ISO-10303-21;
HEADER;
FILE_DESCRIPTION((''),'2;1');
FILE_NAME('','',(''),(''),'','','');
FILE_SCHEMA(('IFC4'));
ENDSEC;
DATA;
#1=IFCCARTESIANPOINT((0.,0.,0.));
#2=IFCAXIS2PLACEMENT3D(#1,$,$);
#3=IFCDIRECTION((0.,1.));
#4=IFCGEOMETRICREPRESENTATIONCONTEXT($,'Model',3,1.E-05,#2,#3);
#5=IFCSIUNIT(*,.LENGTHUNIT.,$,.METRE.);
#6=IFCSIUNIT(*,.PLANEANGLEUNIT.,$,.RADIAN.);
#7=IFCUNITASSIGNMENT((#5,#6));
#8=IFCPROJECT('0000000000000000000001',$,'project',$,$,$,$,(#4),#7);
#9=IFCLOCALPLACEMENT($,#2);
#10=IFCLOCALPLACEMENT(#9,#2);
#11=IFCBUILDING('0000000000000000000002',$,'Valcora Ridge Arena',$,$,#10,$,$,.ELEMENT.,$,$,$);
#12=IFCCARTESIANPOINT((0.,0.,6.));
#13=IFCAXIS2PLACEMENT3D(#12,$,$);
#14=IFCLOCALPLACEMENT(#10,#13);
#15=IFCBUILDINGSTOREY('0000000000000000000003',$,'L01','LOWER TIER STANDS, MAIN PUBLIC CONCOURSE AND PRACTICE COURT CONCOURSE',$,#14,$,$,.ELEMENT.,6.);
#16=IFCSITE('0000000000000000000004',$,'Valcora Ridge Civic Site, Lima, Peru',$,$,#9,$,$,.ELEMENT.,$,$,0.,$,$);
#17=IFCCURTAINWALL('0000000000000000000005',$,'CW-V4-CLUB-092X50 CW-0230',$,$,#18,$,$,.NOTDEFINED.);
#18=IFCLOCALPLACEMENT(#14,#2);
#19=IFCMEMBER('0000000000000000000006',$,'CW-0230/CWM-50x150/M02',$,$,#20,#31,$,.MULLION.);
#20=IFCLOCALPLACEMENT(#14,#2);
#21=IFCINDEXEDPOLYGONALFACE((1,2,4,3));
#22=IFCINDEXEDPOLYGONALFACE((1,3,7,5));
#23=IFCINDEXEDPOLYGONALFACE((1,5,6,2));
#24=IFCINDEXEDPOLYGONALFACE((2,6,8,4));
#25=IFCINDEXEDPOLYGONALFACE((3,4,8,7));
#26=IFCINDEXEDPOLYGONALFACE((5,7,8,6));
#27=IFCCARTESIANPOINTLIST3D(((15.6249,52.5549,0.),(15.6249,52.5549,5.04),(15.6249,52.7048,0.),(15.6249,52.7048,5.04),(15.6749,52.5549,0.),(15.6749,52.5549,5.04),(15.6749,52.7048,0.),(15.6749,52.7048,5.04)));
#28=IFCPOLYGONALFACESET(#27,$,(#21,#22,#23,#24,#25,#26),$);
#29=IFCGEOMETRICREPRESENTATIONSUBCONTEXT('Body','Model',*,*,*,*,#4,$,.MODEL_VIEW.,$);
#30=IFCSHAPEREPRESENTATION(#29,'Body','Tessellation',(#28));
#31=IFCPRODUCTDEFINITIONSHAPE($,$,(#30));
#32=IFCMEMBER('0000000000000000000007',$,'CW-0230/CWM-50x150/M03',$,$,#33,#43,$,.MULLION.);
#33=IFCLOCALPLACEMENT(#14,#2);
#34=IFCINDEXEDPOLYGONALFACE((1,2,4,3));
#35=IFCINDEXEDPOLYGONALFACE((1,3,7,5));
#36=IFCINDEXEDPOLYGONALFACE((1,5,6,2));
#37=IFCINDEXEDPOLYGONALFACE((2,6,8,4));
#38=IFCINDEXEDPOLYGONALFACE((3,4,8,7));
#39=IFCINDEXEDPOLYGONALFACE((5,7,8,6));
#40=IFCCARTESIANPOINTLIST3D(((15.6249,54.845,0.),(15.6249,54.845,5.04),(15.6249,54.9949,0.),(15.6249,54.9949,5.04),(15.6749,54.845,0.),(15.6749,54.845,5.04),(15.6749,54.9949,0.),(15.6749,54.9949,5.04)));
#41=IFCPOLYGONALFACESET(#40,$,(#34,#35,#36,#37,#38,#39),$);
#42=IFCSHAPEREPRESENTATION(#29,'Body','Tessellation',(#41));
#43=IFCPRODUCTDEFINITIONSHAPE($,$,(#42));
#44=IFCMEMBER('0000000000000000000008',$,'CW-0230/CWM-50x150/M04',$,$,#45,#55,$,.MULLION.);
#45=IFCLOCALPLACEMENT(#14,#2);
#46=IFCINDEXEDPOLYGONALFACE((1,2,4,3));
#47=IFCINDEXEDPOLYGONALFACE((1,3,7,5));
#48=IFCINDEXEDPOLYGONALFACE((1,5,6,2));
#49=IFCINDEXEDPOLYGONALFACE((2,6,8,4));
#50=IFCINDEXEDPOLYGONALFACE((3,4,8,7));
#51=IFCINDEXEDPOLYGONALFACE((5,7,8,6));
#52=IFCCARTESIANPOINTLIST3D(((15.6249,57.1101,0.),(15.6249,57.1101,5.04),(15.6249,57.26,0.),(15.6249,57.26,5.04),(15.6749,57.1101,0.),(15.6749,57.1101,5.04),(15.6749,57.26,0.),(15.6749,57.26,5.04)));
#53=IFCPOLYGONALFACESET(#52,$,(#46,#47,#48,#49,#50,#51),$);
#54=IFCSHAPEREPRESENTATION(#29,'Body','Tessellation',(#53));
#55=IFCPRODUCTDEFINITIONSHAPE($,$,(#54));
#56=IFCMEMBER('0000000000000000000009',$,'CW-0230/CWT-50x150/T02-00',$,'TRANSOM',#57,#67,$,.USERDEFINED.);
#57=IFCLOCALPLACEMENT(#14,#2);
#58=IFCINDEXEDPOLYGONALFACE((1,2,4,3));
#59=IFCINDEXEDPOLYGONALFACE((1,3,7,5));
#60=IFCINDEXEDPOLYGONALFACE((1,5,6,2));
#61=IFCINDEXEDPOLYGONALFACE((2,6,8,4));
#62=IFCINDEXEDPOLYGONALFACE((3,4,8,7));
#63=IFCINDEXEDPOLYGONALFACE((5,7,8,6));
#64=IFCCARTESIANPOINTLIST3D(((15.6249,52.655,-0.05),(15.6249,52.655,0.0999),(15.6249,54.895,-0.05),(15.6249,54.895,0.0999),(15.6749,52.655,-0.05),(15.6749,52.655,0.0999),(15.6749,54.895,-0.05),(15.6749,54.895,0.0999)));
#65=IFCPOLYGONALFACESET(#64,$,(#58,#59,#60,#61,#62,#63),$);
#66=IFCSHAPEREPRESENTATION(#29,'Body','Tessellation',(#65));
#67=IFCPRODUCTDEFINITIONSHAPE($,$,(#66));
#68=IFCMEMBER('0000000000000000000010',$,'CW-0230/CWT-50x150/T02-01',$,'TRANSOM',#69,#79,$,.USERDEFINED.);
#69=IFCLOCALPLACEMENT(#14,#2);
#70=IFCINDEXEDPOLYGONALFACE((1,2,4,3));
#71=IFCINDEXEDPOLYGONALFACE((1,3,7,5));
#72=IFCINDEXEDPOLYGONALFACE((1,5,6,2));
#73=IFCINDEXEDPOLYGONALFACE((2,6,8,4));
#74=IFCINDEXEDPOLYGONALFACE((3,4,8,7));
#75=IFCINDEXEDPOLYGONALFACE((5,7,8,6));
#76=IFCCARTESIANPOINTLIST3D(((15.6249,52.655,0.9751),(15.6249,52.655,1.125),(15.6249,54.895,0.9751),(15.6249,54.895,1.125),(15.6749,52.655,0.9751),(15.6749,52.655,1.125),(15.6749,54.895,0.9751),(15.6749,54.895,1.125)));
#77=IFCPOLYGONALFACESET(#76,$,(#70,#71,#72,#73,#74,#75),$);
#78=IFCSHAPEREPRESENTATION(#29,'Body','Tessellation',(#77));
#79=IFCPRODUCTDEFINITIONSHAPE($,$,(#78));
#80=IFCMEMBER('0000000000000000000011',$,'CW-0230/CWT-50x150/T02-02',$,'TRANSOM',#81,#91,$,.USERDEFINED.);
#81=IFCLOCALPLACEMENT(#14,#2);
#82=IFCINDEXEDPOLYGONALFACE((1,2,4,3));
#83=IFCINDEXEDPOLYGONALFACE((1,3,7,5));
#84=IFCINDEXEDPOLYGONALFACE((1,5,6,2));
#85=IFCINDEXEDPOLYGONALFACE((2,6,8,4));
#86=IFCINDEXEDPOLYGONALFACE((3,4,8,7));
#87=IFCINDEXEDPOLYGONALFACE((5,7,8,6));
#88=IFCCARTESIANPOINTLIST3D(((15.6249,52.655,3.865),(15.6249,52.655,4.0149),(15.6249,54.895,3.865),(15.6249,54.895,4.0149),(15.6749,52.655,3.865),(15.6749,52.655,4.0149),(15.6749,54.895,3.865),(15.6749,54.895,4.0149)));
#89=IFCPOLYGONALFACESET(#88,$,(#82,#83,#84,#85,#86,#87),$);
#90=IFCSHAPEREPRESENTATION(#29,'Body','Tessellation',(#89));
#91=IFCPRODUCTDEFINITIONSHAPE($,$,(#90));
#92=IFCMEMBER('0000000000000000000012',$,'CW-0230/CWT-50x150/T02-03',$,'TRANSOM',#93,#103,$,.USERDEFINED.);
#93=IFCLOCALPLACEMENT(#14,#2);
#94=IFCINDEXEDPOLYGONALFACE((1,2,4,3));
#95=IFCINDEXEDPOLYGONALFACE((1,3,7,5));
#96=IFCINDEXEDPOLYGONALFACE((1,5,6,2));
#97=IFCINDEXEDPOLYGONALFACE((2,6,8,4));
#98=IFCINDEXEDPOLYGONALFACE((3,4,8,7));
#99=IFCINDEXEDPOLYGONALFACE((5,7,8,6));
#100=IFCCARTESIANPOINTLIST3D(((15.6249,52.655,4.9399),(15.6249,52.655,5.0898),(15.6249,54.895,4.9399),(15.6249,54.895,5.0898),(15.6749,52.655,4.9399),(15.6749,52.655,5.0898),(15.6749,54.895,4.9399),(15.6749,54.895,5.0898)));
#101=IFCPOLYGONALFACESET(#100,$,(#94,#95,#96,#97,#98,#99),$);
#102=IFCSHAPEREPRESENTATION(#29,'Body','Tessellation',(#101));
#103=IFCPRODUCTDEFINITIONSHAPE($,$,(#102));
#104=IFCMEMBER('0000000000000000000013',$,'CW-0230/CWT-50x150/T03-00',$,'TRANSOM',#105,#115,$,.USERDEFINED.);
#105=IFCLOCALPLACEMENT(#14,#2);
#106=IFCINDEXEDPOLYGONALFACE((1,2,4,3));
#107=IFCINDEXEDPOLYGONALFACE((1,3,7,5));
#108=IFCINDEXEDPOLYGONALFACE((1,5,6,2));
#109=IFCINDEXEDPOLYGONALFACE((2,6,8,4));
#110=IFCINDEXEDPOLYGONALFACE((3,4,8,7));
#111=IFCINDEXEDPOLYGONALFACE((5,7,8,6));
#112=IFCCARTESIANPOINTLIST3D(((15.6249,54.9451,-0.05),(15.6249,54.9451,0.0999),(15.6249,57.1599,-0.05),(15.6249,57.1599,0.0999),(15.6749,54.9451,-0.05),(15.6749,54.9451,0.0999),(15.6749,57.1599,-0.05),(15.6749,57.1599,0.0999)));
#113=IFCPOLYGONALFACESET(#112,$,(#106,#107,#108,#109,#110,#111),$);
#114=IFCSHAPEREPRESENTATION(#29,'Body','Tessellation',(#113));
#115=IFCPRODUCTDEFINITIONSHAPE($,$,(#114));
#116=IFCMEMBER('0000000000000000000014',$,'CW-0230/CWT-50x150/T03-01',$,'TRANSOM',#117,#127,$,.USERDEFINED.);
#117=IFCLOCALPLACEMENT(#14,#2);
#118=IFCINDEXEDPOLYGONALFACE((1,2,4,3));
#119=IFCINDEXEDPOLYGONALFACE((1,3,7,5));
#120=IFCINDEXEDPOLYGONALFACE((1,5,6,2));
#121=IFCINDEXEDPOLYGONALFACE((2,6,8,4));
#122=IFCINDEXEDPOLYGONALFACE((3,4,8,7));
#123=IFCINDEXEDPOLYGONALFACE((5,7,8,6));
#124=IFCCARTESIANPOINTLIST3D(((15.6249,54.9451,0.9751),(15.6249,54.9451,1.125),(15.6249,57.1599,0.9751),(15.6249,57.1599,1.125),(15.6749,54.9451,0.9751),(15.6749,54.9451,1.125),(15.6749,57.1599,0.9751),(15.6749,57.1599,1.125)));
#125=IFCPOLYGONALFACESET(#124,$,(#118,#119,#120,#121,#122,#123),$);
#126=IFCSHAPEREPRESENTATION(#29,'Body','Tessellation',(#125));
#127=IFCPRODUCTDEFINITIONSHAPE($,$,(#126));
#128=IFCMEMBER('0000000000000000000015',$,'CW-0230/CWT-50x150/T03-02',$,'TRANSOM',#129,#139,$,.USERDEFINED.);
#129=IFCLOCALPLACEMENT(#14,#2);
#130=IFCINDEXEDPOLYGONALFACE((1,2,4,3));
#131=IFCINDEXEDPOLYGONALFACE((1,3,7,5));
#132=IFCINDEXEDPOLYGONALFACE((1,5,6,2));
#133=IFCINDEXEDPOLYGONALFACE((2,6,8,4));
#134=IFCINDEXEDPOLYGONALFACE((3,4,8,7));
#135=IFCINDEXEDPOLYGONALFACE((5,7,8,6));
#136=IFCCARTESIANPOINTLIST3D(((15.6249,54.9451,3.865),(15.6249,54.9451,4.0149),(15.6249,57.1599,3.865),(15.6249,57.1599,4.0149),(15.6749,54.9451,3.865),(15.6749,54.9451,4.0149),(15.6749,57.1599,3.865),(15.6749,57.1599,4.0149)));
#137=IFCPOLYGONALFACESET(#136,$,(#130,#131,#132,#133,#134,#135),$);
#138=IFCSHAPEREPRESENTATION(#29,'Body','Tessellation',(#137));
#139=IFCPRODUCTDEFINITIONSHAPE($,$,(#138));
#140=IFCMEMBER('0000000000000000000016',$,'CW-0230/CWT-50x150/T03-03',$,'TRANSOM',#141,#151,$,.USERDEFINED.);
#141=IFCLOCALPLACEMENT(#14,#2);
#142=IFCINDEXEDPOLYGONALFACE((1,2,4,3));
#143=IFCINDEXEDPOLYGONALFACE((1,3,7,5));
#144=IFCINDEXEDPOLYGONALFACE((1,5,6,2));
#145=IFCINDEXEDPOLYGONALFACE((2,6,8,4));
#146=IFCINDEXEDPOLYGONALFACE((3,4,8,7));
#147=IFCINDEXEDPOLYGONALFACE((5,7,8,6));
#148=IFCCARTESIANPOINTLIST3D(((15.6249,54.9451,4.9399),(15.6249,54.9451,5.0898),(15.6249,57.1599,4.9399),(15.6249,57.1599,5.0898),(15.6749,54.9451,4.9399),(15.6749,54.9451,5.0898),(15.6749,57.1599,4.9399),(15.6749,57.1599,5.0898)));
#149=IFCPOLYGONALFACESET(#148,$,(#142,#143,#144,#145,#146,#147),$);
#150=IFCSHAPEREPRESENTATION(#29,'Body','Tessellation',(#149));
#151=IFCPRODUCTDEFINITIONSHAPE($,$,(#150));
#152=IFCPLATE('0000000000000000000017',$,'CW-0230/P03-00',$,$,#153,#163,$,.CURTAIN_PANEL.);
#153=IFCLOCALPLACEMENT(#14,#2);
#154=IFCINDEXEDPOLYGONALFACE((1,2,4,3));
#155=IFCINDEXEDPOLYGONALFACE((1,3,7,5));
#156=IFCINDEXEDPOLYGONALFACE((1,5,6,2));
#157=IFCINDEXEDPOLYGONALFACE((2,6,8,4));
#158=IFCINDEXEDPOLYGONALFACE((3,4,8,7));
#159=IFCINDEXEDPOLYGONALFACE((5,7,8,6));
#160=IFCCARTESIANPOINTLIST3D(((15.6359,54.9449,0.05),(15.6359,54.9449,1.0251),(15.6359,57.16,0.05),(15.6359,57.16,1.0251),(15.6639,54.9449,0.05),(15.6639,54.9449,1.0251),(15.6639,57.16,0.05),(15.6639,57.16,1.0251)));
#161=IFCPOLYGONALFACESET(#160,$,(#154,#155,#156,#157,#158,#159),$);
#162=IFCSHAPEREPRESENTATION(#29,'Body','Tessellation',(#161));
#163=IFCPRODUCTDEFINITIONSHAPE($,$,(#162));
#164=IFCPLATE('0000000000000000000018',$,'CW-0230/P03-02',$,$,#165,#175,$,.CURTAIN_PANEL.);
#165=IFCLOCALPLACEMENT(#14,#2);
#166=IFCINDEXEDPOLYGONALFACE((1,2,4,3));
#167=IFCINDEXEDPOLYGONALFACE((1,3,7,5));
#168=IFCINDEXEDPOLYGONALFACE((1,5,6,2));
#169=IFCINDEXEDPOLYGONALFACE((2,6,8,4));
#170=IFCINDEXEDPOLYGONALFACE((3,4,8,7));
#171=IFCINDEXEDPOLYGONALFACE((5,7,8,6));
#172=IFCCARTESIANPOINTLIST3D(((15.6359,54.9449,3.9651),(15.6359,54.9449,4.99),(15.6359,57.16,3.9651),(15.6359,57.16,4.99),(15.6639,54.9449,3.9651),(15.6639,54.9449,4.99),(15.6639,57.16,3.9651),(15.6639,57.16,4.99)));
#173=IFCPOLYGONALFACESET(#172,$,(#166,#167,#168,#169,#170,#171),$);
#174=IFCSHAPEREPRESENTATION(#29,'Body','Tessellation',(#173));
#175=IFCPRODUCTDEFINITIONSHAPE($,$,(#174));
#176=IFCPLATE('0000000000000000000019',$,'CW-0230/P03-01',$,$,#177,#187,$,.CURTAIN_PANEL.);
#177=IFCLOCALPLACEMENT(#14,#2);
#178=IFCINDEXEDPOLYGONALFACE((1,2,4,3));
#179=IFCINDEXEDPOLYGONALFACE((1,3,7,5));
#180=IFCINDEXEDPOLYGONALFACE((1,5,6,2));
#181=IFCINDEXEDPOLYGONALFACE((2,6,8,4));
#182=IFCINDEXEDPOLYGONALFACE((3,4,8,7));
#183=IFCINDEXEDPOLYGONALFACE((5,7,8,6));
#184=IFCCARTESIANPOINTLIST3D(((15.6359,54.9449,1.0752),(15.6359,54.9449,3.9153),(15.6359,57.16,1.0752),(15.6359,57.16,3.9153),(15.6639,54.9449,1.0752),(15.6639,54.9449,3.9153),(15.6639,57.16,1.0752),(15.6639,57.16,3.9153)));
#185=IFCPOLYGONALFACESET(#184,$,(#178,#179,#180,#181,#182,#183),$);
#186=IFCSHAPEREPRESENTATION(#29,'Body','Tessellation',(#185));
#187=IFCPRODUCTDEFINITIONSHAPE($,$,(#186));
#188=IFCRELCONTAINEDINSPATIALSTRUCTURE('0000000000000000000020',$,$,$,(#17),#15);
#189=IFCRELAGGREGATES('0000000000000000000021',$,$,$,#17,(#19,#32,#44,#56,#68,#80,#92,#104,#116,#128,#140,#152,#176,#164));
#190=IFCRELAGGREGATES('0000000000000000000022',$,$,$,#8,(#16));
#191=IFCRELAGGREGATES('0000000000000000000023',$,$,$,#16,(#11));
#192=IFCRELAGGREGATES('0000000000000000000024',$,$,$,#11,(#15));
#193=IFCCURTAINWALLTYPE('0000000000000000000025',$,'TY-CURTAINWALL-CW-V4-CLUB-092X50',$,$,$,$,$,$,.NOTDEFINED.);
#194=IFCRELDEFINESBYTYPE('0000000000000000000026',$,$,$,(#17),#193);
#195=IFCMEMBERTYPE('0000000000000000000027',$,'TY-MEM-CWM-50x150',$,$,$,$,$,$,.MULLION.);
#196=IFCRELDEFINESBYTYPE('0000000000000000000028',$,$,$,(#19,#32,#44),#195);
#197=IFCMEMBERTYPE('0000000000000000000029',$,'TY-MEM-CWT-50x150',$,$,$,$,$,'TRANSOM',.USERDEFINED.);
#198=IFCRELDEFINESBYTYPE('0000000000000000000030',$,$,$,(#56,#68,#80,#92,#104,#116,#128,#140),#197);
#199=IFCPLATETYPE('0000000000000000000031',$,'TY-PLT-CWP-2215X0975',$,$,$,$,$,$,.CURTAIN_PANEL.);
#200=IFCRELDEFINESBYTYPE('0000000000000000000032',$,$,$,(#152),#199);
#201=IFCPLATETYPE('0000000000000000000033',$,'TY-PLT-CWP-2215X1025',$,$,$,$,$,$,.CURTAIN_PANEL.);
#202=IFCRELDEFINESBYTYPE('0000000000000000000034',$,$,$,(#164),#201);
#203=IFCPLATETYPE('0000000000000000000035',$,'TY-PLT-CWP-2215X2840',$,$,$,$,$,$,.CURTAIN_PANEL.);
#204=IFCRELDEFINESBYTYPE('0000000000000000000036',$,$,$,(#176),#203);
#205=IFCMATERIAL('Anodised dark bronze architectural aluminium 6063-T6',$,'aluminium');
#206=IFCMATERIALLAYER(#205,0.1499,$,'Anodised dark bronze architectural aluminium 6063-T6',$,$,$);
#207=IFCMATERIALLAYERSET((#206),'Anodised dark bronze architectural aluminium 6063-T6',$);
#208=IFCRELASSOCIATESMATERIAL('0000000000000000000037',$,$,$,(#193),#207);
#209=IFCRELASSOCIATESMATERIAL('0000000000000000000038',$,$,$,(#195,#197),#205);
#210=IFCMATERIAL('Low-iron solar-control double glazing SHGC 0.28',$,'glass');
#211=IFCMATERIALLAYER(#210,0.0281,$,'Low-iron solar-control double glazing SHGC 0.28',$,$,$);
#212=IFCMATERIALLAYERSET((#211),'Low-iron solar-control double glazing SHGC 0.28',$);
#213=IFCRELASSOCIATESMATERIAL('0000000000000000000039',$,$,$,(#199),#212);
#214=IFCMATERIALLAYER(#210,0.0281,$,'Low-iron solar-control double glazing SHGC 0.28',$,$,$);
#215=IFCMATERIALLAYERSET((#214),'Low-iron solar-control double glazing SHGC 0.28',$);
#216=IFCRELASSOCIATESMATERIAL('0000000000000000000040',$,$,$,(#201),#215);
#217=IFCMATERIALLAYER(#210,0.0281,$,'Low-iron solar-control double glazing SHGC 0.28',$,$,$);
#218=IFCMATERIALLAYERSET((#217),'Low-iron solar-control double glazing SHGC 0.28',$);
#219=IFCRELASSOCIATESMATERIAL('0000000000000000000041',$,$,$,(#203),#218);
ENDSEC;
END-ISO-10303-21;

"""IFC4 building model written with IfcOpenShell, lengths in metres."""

from ifc_helpers import new_model, si_unit, direction, frame, origin, origin_2d, place, context, subcontext, project, spatial, rectangle, extrude, material, layer, layer_set, material_profile, profile_set, type_object, element, aggregate, save


model = new_model("IFC4")

# Units and contexts
model_context = context("Model", 3, precision=1e-05, world=origin(), true_north=direction((0.0, 1.0)))
body_context = subcontext(model_context, "Body", "Model", "MODEL_VIEW")
ifc_project = project(units=[si_unit("LENGTHUNIT", "METRE"), si_unit("PLANEANGLEUNIT", "RADIAN")], contexts=[model_context])

# Site, building, storey
site_placement = place(None, origin())
site = spatial("IfcSite", under=ifc_project, at=site_placement, Name="Valcora Ridge Civic Site, Lima, Peru", CompositionType="ELEMENT", RefElevation=0.0)
building_placement = place(site_placement, origin())
building = spatial("IfcBuilding", under=site, at=building_placement, Name="Valcora Ridge Arena", CompositionType="ELEMENT")
storey_placement = place(building_placement, frame((0.0, 0.0, 6.0)))
storey = spatial("IfcBuildingStorey", under=building, at=storey_placement, Name="L01", Description="LOWER TIER STANDS, MAIN PUBLIC CONCOURSE AND PRACTICE COURT CONCOURSE", CompositionType="ELEMENT", Elevation=6.0)

# Curtain wall, members, plates
ifc_material_1 = material(Name="Anodised dark bronze architectural aluminium 6063-T6", Category="aluminium")
ifc_layer_1 = layer(ifc_material_1, 0.1499, Name="Anodised dark bronze architectural aluminium 6063-T6")
ifc_layer_set_1 = layer_set([ifc_layer_1], Name="Anodised dark bronze architectural aluminium 6063-T6")
curtain_wall_type = type_object("IfcCurtainWallType", Name="TY-CURTAINWALL-CW-V4-CLUB-092X50", PredefinedType="NOTDEFINED", material=ifc_layer_set_1)
curtain_wall_placement = place(storey_placement, origin())
curtain_wall = element("IfcCurtainWall", 1, at=curtain_wall_placement, inside=storey, type_object=curtain_wall_type, Name="CW-V4-CLUB-092X50 CW-0230", PredefinedType="NOTDEFINED")
ifc_material_profile_1 = material_profile(ifc_material_1, rectangle(XDim=0.05, YDim=0.1499, at=origin_2d()), Name="ALU MULLION 50x150")
ifc_profile_set_1 = profile_set([ifc_material_profile_1], Name="Anodised dark bronze architectural aluminium 6063-T6")
member_type_1 = type_object("IfcMemberType", Name="TY-MEM-CWM-50x150", PredefinedType="MULLION", material=ifc_profile_set_1)
member_1_placement = place(storey_placement, frame((15.6499, 52.6299, 0.0), z_axis=(0.0, 0.0, 1.0), x_axis=(-1.0, 0.0, 0.0)))
member_1 = element("IfcMember", 2, at=member_1_placement, type_object=member_type_1, Name="CW-0230/CWM-50x150/M02", PredefinedType="MULLION", context=body_context, shape_type="SweptSolid", body=[
    extrude(rectangle(XDim=0.05, YDim=0.1499, at=origin_2d()), origin(), (0.0, 0.0, 1.0), 5.04),
])
member_2_placement = place(storey_placement, frame((15.6499, 54.9199, 0.0), z_axis=(0.0, 0.0, 1.0), x_axis=(-1.0, 0.0, 0.0)))
member_2 = element("IfcMember", 3, at=member_2_placement, type_object=member_type_1, Name="CW-0230/CWM-50x150/M03", PredefinedType="MULLION", context=body_context, shape_type="SweptSolid", body=[
    extrude(rectangle(XDim=0.05, YDim=0.1499, at=origin_2d()), origin(), (0.0, 0.0, 1.0), 5.04),
])
member_3_placement = place(storey_placement, frame((15.6499, 57.1851, 0.0), z_axis=(0.0, 0.0, 1.0), x_axis=(-1.0, 0.0, 0.0)))
member_3 = element("IfcMember", 4, at=member_3_placement, type_object=member_type_1, Name="CW-0230/CWM-50x150/M04", PredefinedType="MULLION", context=body_context, shape_type="SweptSolid", body=[
    extrude(rectangle(XDim=0.05, YDim=0.1499, at=origin_2d()), origin(), (0.0, 0.0, 1.0), 5.04),
])
ifc_material_profile_2 = material_profile(ifc_material_1, rectangle(XDim=0.05, YDim=0.1499, at=origin_2d()), Name="ALU TRANSOM 50x150")
ifc_profile_set_2 = profile_set([ifc_material_profile_2], Name="Anodised dark bronze architectural aluminium 6063-T6")
member_type_2 = type_object("IfcMemberType", Name="TY-MEM-CWT-50x150", ElementType="TRANSOM", PredefinedType="USERDEFINED", material=ifc_profile_set_2)
member_4_placement = place(storey_placement, frame((15.6499, 52.655, 0.0249), z_axis=(0.0, 1.0, 0.0), x_axis=(-1.0, 0.0, 0.0)))
member_4 = element("IfcMember", 5, at=member_4_placement, type_object=member_type_2, Name="CW-0230/CWT-50x150/T02-00", ObjectType="TRANSOM", PredefinedType="USERDEFINED", context=body_context, shape_type="SweptSolid", body=[
    extrude(rectangle(XDim=0.05, YDim=0.1499, at=origin_2d()), origin(), (0.0, 0.0, 1.0), 2.24),
])
member_5_placement = place(storey_placement, frame((15.6499, 52.655, 1.05), z_axis=(0.0, 1.0, 0.0), x_axis=(-1.0, 0.0, 0.0)))
member_5 = element("IfcMember", 6, at=member_5_placement, type_object=member_type_2, Name="CW-0230/CWT-50x150/T02-01", ObjectType="TRANSOM", PredefinedType="USERDEFINED", context=body_context, shape_type="SweptSolid", body=[
    extrude(rectangle(XDim=0.05, YDim=0.1499, at=origin_2d()), origin(), (0.0, 0.0, 1.0), 2.24),
])
member_6_placement = place(storey_placement, frame((15.6499, 52.655, 3.9399), z_axis=(0.0, 1.0, 0.0), x_axis=(-1.0, 0.0, 0.0)))
member_6 = element("IfcMember", 7, at=member_6_placement, type_object=member_type_2, Name="CW-0230/CWT-50x150/T02-02", ObjectType="TRANSOM", PredefinedType="USERDEFINED", context=body_context, shape_type="SweptSolid", body=[
    extrude(rectangle(XDim=0.05, YDim=0.1499, at=origin_2d()), origin(), (0.0, 0.0, 1.0), 2.24),
])
member_7_placement = place(storey_placement, frame((15.6499, 52.655, 5.0149), z_axis=(0.0, 1.0, 0.0), x_axis=(-1.0, 0.0, 0.0)))
member_7 = element("IfcMember", 8, at=member_7_placement, type_object=member_type_2, Name="CW-0230/CWT-50x150/T02-03", ObjectType="TRANSOM", PredefinedType="USERDEFINED", context=body_context, shape_type="SweptSolid", body=[
    extrude(rectangle(XDim=0.05, YDim=0.1499, at=origin_2d()), origin(), (0.0, 0.0, 1.0), 2.24),
])
member_8_placement = place(storey_placement, frame((15.6499, 54.9451, 0.0249), z_axis=(0.0, 1.0, 0.0), x_axis=(-1.0, 0.0, 0.0)))
member_8 = element("IfcMember", 9, at=member_8_placement, type_object=member_type_2, Name="CW-0230/CWT-50x150/T03-00", ObjectType="TRANSOM", PredefinedType="USERDEFINED", context=body_context, shape_type="SweptSolid", body=[
    extrude(rectangle(XDim=0.05, YDim=0.1499, at=origin_2d()), origin(), (0.0, 0.0, 1.0), 2.2148),
])
member_9_placement = place(storey_placement, frame((15.6499, 54.9451, 1.05), z_axis=(0.0, 1.0, 0.0), x_axis=(-1.0, 0.0, 0.0)))
member_9 = element("IfcMember", 10, at=member_9_placement, type_object=member_type_2, Name="CW-0230/CWT-50x150/T03-01", ObjectType="TRANSOM", PredefinedType="USERDEFINED", context=body_context, shape_type="SweptSolid", body=[
    extrude(rectangle(XDim=0.05, YDim=0.1499, at=origin_2d()), origin(), (0.0, 0.0, 1.0), 2.2148),
])
member_10_placement = place(storey_placement, frame((15.6499, 54.9451, 3.9399), z_axis=(0.0, 1.0, 0.0), x_axis=(-1.0, 0.0, 0.0)))
member_10 = element("IfcMember", 11, at=member_10_placement, type_object=member_type_2, Name="CW-0230/CWT-50x150/T03-02", ObjectType="TRANSOM", PredefinedType="USERDEFINED", context=body_context, shape_type="SweptSolid", body=[
    extrude(rectangle(XDim=0.05, YDim=0.1499, at=origin_2d()), origin(), (0.0, 0.0, 1.0), 2.2148),
])
member_11_placement = place(storey_placement, frame((15.6499, 54.9451, 5.0149), z_axis=(0.0, 1.0, 0.0), x_axis=(-1.0, 0.0, 0.0)))
member_11 = element("IfcMember", 12, at=member_11_placement, type_object=member_type_2, Name="CW-0230/CWT-50x150/T03-03", ObjectType="TRANSOM", PredefinedType="USERDEFINED", context=body_context, shape_type="SweptSolid", body=[
    extrude(rectangle(XDim=0.05, YDim=0.1499, at=origin_2d()), origin(), (0.0, 0.0, 1.0), 2.2148),
])
ifc_material_2 = material(Name="Low-iron solar-control double glazing SHGC 0.28", Category="glass")
ifc_layer_2 = layer(ifc_material_2, 0.0281, Name="Low-iron solar-control double glazing SHGC 0.28")
ifc_layer_set_2 = layer_set([ifc_layer_2], Name="Low-iron solar-control double glazing SHGC 0.28")
plate_type_1 = type_object("IfcPlateType", Name="TY-PLT-CWP-2215X0975", PredefinedType="CURTAIN_PANEL", material=ifc_layer_set_2)
plate_1_placement = place(storey_placement, frame((15.6499, 56.0525, 0.05), z_axis=(0.0, 0.0, 1.0), x_axis=(0.0, 1.0, 0.0)))
plate_1 = element("IfcPlate", 13, at=plate_1_placement, type_object=plate_type_1, Name="CW-0230/P03-00", PredefinedType="CURTAIN_PANEL", context=body_context, shape_type="SweptSolid", body=[
    extrude(rectangle(XDim=2.2151, YDim=0.0281, at=origin_2d()), origin(), (0.0, 0.0, 1.0), 0.9751),
])
ifc_layer_3 = layer(ifc_material_2, 0.0281, Name="Low-iron solar-control double glazing SHGC 0.28")
ifc_layer_set_3 = layer_set([ifc_layer_3], Name="Low-iron solar-control double glazing SHGC 0.28")
plate_type_2 = type_object("IfcPlateType", Name="TY-PLT-CWP-2215X1025", PredefinedType="CURTAIN_PANEL", material=ifc_layer_set_3)
plate_2_placement = place(storey_placement, frame((15.6499, 56.0525, 3.9651), z_axis=(0.0, 0.0, 1.0), x_axis=(0.0, 1.0, 0.0)))
plate_2 = element("IfcPlate", 14, at=plate_2_placement, type_object=plate_type_2, Name="CW-0230/P03-02", PredefinedType="CURTAIN_PANEL", context=body_context, shape_type="SweptSolid", body=[
    extrude(rectangle(XDim=2.2151, YDim=0.0281, at=origin_2d()), origin(), (0.0, 0.0, 1.0), 1.0249),
])
ifc_layer_4 = layer(ifc_material_2, 0.0281, Name="Low-iron solar-control double glazing SHGC 0.28")
ifc_layer_set_4 = layer_set([ifc_layer_4], Name="Low-iron solar-control double glazing SHGC 0.28")
plate_type_3 = type_object("IfcPlateType", Name="TY-PLT-CWP-2215X2840", PredefinedType="CURTAIN_PANEL", material=ifc_layer_set_4)
plate_3_placement = place(storey_placement, frame((15.6499, 56.0525, 1.0752), z_axis=(0.0, 0.0, 1.0), x_axis=(0.0, 1.0, 0.0)))
plate_3 = element("IfcPlate", 15, at=plate_3_placement, type_object=plate_type_3, Name="CW-0230/P03-01", PredefinedType="CURTAIN_PANEL", context=body_context, shape_type="SweptSolid", body=[
    extrude(rectangle(XDim=2.2151, YDim=0.0281, at=origin_2d()), origin(), (0.0, 0.0, 1.0), 2.8401),
])
aggregate(curtain_wall, [member_1, member_2, member_3, member_4, member_5, member_6, member_7, member_8, member_9, member_10, member_11, plate_1, plate_3, plate_2])

save(model, "model.ifc")
